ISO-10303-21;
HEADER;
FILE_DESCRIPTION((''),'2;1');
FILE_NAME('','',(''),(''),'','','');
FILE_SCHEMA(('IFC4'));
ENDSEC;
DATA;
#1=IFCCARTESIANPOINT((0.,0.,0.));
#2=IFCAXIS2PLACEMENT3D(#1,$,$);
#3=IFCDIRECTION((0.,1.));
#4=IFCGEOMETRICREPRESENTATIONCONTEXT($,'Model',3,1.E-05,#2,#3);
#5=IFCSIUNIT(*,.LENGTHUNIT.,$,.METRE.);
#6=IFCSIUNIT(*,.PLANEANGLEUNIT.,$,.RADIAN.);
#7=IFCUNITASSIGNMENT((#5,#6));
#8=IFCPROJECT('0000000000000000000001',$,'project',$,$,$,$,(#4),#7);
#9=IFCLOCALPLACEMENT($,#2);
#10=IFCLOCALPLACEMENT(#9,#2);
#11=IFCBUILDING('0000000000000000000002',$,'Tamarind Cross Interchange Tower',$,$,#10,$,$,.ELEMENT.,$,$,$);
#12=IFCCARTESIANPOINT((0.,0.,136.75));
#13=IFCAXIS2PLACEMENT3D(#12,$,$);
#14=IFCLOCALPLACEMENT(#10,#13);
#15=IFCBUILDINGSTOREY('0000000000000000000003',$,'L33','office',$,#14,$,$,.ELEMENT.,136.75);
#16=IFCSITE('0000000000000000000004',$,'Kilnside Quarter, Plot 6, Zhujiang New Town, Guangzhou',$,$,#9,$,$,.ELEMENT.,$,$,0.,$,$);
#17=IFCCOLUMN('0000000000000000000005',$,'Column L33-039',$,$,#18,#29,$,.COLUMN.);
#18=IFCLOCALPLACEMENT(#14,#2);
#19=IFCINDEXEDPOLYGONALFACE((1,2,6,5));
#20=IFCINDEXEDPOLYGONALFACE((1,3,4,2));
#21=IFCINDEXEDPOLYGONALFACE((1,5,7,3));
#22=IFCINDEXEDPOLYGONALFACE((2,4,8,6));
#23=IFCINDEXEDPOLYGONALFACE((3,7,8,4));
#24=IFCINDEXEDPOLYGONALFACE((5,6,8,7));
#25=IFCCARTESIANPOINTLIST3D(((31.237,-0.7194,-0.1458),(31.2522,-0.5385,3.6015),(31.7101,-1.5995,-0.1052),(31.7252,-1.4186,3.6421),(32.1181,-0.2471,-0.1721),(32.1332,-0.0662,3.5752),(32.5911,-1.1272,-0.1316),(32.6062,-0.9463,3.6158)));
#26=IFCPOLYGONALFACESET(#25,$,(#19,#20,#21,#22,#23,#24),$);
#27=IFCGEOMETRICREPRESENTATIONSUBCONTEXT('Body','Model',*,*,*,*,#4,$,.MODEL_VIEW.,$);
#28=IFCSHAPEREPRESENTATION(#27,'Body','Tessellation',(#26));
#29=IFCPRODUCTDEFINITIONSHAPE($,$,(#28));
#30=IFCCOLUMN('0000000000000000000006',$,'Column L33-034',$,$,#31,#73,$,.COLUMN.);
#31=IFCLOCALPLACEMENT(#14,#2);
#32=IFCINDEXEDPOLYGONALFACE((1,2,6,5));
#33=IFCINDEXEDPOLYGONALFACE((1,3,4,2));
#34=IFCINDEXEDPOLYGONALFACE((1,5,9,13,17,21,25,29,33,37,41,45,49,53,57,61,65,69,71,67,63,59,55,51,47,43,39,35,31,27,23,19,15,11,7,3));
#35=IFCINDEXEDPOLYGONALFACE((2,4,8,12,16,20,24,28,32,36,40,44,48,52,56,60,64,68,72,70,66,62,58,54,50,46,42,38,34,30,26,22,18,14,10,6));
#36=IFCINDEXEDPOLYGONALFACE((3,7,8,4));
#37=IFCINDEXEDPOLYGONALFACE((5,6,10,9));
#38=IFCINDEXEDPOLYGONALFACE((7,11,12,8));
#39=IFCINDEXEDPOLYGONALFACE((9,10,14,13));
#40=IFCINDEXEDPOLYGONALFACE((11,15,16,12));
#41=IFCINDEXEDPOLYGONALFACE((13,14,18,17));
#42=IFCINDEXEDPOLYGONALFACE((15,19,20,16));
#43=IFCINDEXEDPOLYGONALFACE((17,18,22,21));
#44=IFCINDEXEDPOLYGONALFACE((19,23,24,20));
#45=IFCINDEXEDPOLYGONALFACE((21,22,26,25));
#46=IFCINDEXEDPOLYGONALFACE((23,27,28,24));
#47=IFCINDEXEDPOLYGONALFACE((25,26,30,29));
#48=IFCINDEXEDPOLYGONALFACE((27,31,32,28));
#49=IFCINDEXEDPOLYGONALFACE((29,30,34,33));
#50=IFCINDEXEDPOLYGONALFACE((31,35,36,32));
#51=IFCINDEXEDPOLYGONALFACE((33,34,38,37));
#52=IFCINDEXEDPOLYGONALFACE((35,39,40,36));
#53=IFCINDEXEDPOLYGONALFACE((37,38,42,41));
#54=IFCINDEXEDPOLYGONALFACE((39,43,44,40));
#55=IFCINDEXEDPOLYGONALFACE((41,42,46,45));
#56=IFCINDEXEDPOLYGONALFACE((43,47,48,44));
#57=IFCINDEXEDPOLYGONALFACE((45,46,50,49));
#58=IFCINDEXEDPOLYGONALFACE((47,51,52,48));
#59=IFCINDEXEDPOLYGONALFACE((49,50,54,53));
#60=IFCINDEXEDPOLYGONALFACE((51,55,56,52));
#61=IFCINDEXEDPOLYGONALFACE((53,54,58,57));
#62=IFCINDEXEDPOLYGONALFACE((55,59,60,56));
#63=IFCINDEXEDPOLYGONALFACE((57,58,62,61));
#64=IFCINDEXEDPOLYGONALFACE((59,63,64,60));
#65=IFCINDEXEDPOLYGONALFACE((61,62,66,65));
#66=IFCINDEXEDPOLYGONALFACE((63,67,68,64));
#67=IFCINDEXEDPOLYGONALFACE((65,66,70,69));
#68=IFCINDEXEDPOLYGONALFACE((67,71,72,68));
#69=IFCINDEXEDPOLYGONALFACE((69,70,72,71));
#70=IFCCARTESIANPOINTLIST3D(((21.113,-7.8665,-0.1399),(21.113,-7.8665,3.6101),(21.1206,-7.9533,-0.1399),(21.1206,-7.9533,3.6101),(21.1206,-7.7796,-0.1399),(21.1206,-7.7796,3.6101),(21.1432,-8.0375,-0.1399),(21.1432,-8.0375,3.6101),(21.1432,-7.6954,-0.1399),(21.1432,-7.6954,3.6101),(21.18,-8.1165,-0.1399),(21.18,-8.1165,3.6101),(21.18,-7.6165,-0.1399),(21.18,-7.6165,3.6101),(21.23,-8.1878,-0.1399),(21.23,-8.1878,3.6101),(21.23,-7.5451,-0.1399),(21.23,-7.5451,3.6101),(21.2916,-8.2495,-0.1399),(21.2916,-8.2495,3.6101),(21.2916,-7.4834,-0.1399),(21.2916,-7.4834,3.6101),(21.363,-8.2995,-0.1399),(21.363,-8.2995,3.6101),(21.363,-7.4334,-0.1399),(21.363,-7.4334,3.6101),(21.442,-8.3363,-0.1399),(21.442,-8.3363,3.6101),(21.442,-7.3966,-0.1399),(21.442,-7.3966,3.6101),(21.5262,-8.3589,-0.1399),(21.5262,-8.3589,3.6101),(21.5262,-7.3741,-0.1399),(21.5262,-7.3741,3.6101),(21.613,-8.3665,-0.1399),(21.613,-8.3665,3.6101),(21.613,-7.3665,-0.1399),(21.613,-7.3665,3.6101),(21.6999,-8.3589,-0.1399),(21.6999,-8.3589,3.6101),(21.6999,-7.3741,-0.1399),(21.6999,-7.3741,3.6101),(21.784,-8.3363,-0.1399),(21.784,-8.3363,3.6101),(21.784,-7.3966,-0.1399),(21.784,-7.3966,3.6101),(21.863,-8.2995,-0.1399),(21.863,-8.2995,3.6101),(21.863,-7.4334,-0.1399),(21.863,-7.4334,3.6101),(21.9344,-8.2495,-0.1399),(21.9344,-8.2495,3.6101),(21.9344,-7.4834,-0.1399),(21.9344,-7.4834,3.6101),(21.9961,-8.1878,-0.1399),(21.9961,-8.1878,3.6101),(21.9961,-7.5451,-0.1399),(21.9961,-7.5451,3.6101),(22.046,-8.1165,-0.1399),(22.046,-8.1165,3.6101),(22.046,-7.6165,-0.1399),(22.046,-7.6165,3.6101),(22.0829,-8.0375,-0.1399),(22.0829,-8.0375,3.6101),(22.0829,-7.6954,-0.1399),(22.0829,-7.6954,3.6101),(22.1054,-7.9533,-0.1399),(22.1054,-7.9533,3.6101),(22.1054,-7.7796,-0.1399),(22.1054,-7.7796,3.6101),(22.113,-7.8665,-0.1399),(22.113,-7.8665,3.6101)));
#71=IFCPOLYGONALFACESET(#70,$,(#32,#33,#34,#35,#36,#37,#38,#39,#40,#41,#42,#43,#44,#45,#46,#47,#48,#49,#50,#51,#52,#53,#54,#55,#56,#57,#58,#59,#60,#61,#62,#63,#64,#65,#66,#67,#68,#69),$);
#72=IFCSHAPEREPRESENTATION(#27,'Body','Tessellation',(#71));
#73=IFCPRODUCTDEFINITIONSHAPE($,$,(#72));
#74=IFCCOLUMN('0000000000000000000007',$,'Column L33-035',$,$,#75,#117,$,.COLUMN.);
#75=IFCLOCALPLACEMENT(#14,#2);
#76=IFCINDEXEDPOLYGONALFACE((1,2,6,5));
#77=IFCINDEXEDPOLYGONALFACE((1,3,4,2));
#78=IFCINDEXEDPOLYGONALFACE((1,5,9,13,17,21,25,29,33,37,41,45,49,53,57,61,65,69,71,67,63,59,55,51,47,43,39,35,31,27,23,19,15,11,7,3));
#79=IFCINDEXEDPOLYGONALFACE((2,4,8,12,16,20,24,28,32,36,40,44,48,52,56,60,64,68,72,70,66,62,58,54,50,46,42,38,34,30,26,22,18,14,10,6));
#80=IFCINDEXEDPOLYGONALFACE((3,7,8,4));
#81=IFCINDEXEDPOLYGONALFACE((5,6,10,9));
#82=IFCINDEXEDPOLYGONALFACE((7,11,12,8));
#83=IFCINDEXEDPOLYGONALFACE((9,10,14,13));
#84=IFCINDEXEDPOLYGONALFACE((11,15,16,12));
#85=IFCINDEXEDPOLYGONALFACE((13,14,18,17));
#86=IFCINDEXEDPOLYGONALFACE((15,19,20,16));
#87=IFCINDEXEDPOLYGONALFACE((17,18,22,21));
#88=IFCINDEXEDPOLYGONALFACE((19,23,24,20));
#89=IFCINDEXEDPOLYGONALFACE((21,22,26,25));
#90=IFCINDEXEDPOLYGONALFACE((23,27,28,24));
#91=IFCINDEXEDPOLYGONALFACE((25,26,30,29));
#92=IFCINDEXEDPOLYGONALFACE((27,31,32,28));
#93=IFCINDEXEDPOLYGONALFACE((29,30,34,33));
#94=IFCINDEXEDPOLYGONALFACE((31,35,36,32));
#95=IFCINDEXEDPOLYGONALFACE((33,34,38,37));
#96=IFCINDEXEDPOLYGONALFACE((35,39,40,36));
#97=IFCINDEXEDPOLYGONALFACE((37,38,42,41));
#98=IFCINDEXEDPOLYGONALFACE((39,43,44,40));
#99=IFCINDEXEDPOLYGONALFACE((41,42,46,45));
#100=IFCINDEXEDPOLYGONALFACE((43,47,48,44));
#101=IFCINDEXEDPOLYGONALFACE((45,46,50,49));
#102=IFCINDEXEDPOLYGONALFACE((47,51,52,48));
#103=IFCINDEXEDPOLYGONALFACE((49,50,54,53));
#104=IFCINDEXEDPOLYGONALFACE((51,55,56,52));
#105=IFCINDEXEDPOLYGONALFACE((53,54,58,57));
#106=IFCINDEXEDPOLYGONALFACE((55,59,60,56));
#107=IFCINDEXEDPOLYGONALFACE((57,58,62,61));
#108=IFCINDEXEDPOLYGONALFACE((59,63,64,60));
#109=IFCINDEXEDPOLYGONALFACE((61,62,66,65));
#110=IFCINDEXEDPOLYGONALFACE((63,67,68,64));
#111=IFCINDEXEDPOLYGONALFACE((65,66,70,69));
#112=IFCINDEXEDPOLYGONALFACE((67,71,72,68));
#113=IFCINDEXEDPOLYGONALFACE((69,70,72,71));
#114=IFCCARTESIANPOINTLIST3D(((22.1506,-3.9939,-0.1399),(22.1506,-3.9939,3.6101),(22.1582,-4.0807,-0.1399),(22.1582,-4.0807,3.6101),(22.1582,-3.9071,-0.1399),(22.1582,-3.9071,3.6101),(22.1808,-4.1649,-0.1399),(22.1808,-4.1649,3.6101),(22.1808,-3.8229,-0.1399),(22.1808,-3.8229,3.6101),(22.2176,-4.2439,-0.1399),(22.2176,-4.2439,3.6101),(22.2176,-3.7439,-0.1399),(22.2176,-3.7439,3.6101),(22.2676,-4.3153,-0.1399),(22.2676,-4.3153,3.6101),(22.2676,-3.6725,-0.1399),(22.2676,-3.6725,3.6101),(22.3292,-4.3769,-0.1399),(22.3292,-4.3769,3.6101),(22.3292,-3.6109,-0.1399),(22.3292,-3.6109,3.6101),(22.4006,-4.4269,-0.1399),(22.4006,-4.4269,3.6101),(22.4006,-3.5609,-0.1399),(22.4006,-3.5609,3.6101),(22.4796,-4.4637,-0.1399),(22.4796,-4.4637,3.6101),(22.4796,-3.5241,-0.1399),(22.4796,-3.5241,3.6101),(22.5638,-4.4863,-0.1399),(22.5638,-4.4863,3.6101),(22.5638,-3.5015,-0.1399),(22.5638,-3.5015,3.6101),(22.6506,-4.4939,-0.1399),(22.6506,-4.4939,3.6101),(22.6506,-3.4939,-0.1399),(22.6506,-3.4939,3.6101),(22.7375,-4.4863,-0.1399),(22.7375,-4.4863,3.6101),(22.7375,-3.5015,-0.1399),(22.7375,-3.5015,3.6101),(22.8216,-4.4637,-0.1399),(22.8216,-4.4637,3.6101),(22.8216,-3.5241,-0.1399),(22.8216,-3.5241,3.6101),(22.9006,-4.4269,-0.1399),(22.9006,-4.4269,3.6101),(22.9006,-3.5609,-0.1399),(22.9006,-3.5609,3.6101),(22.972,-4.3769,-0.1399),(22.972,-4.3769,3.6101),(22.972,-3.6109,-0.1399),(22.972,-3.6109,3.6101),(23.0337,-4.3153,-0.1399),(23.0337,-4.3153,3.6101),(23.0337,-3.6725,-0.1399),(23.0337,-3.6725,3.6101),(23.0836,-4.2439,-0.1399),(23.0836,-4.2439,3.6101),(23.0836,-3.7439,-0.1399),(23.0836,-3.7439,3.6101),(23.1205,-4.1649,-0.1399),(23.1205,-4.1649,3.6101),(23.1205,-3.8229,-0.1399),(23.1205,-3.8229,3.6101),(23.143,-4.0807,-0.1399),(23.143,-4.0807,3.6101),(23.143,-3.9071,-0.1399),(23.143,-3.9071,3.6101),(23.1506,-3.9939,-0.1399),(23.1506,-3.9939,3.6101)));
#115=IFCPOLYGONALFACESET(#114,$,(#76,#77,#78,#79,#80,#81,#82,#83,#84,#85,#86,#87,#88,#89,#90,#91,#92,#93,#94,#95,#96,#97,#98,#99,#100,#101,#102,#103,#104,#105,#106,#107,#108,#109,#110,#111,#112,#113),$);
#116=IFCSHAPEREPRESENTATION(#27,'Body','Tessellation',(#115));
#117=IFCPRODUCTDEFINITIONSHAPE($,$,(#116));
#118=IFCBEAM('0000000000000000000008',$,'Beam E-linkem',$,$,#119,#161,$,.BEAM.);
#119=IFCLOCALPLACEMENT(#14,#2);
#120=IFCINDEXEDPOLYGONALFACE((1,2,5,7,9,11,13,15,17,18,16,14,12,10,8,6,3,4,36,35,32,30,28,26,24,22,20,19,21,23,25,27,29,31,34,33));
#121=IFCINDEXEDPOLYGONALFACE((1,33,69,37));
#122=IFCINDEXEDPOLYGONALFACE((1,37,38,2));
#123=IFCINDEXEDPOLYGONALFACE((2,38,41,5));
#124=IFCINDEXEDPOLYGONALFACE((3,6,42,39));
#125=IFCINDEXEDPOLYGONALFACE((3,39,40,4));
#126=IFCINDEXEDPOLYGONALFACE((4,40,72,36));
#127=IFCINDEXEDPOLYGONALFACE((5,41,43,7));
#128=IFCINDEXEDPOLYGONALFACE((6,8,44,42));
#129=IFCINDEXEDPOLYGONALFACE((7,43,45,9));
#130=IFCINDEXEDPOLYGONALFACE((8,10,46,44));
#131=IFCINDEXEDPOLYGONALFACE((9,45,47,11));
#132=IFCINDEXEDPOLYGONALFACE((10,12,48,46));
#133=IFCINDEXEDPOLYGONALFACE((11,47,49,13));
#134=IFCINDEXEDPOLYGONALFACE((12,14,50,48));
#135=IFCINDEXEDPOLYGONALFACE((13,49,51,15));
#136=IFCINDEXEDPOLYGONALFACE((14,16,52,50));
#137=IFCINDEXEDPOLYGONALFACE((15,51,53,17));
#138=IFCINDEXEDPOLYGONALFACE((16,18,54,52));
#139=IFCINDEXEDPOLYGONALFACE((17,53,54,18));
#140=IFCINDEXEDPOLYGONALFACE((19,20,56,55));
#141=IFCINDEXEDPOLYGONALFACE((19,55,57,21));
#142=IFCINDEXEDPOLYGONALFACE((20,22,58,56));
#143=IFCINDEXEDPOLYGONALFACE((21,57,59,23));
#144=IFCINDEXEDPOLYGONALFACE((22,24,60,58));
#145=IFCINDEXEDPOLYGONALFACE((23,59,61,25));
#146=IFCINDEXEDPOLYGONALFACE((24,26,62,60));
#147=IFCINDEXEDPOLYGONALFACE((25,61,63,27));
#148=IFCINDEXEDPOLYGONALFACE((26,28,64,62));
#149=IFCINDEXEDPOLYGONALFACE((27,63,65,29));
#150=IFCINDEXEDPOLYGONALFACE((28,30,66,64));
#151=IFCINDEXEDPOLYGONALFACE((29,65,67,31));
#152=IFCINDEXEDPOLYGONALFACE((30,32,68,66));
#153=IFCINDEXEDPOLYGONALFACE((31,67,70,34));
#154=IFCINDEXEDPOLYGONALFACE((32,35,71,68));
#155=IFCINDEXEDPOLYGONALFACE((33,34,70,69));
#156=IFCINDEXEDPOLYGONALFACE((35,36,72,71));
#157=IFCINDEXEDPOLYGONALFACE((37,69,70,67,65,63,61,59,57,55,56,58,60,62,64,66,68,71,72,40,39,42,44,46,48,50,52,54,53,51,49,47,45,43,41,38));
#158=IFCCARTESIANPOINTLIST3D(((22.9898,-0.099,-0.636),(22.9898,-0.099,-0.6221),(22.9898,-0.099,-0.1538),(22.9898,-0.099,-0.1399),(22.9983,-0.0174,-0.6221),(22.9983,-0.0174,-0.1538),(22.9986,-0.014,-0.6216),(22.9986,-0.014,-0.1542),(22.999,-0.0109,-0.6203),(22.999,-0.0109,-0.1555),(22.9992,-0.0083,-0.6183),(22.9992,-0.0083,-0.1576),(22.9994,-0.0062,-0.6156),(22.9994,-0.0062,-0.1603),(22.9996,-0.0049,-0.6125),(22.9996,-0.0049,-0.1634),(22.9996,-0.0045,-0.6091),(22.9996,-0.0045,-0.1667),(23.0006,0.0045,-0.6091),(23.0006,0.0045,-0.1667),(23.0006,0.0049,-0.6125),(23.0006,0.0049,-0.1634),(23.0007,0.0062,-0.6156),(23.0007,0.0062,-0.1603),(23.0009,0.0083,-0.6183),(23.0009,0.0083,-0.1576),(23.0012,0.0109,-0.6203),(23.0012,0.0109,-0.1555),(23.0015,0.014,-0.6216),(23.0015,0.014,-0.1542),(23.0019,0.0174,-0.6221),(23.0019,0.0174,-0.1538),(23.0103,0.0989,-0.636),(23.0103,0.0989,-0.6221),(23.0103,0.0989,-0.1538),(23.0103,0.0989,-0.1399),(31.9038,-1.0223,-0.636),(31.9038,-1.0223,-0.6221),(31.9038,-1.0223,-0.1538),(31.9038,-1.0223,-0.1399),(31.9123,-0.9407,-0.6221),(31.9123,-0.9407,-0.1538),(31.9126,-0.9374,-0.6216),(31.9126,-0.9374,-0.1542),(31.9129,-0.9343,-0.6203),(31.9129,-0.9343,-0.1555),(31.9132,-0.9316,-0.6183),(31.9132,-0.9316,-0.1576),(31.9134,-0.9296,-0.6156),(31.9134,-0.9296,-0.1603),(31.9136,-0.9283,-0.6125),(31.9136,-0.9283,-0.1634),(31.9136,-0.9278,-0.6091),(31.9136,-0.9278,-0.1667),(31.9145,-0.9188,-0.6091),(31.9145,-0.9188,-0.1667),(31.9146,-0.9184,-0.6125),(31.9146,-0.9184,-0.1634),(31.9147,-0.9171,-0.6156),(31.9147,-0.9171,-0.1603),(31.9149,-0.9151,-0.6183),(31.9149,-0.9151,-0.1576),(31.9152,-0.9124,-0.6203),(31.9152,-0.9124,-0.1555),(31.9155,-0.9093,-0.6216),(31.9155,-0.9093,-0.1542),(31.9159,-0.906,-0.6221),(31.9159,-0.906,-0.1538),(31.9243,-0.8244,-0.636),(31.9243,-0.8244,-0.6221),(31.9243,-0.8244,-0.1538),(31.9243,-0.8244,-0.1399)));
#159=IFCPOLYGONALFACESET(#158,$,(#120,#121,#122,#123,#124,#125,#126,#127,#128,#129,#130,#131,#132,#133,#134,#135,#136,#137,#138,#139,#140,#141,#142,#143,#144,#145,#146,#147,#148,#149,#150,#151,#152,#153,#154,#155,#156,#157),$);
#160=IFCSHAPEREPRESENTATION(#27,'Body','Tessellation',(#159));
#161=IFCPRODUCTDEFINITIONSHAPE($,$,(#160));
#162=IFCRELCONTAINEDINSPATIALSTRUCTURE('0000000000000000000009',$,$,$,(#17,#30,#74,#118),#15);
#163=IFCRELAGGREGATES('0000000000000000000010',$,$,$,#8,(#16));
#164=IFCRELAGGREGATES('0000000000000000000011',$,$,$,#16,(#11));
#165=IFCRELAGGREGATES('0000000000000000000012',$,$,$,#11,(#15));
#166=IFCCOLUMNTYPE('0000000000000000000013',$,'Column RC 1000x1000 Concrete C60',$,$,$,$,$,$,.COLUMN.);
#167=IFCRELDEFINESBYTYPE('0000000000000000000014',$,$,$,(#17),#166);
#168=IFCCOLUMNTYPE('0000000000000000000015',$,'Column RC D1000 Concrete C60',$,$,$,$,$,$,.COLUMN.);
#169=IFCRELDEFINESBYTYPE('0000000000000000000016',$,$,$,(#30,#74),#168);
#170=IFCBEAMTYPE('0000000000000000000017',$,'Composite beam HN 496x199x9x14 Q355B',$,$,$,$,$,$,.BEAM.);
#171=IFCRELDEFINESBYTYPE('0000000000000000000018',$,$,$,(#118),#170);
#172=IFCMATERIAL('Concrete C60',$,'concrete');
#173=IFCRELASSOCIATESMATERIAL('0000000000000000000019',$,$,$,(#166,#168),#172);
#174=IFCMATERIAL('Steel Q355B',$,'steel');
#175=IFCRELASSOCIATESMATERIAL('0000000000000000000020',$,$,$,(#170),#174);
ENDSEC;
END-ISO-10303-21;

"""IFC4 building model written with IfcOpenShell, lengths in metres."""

from ifc_helpers import new_model, si_unit, direction, frame, origin, origin_2d, place, context, subcontext, project, spatial, rectangle, circle, i_section, extrude, material, material_profile, profile_set, type_object, element, save


model = new_model("IFC4")

# Units and contexts
model_context = context("Model", 3, precision=1e-05, world=origin(), true_north=direction((0.0, 1.0)))
body_context = subcontext(model_context, "Body", "Model", "MODEL_VIEW")
ifc_project = project(units=[si_unit("LENGTHUNIT", "METRE"), si_unit("PLANEANGLEUNIT", "RADIAN")], contexts=[model_context])

# Site, building, storey
site_placement = place(None, origin())
site = spatial("IfcSite", under=ifc_project, at=site_placement, Name="Kilnside Quarter, Plot 6, Zhujiang New Town, Guangzhou", CompositionType="ELEMENT", RefElevation=0.0)
building_placement = place(site_placement, origin())
building = spatial("IfcBuilding", under=site, at=building_placement, Name="Tamarind Cross Interchange Tower", CompositionType="ELEMENT")
storey_placement = place(building_placement, frame((0.0, 0.0, 136.75)))
storey = spatial("IfcBuildingStorey", under=building, at=storey_placement, Name="L33", Description="office", CompositionType="ELEMENT", Elevation=136.75)

# Columns
ifc_material_1 = material(Name="Concrete C60", Category="concrete")
ifc_material_profile_1 = material_profile(ifc_material_1, rectangle(XDim=1.0, YDim=1.0, at=origin_2d()), Name="RC 1000x1000")
ifc_profile_set_1 = profile_set([ifc_material_profile_1], Name="Concrete C60")
column_type_1 = type_object("IfcColumnType", Name="Column RC 1000x1000 Concrete C60", PredefinedType="COLUMN", material=ifc_profile_set_1)
column_placement = place(storey_placement, frame((31.9141, -0.9233, -0.1387), z_axis=(0.004035, 0.04822, 0.998829), x_axis=(-0.881042, -0.472303, 0.02636)))
element("IfcColumn", 1, at=column_placement, inside=storey, type_object=column_type_1, Name="Column L33-039", PredefinedType="COLUMN", context=body_context, shape_type="SweptSolid", body=[
    extrude(rectangle(XDim=1.0, YDim=1.0, at=origin_2d()), origin(), (0.0, 0.0, 1.0), 3.7517),
])
ifc_material_profile_2 = material_profile(ifc_material_1, circle(Radius=0.5, at=origin_2d()), Name="RC D1000")
ifc_profile_set_2 = profile_set([ifc_material_profile_2], Name="Concrete C60")
column_type_2 = type_object("IfcColumnType", Name="Column RC D1000 Concrete C60", PredefinedType="COLUMN", material=ifc_profile_set_2)
for number, where, z_axis, x_axis, name in (
    (2, (21.613, -7.8665, -0.1399), (0.0, 0.0, 1.0), (1.0, 0.0, 0.0), "Column L33-034"),
    (3, (22.6506, -3.9939, -0.1399), (0.0, 0.0, 1.0), (1.0, 0.0, 0.0), "Column L33-035"),
):
    element("IfcColumn", number, at=place(storey_placement, frame(where, z_axis=z_axis, x_axis=x_axis)), inside=storey, type_object=column_type_2, Name=name, PredefinedType="COLUMN", context=body_context, shape_type="SweptSolid", body=[
        extrude(circle(Radius=0.5, at=origin_2d()), origin(), (0.0, 0.0, 1.0), 3.75),
    ])

# Beam
ifc_material_2 = material(Name="Steel Q355B", Category="steel")
ifc_material_profile_3 = material_profile(ifc_material_2, i_section(OverallWidth=0.199, OverallDepth=0.4961, WebThickness=0.009, FlangeThickness=0.0139, FilletRadius=0.0129, at=origin_2d()), Name="HN 496x199x9x14")
ifc_profile_set_3 = profile_set([ifc_material_profile_3], Name="Steel Q355B")
beam_type_1 = type_object("IfcBeamType", Name="Composite beam HN 496x199x9x14 Q355B", PredefinedType="BEAM", material=ifc_profile_set_3)
beam_1_placement = place(storey_placement, frame((31.9141, -0.9233, -0.3879), z_axis=(-0.994678, 0.103031, 0.0), x_axis=(-0.103031, -0.994678, 0.0)))
element("IfcBeam", 4, at=beam_1_placement, inside=storey, type_object=beam_type_1, Name="Beam E-linkem", PredefinedType="BEAM", context=body_context, shape_type="SweptSolid", body=[
    extrude(i_section(OverallWidth=0.199, OverallDepth=0.4961, WebThickness=0.009, FlangeThickness=0.0139, FilletRadius=0.0129, at=origin_2d()), origin(), (0.0, 0.0, 1.0), 8.9617),
])

save(model, "model.ifc")
